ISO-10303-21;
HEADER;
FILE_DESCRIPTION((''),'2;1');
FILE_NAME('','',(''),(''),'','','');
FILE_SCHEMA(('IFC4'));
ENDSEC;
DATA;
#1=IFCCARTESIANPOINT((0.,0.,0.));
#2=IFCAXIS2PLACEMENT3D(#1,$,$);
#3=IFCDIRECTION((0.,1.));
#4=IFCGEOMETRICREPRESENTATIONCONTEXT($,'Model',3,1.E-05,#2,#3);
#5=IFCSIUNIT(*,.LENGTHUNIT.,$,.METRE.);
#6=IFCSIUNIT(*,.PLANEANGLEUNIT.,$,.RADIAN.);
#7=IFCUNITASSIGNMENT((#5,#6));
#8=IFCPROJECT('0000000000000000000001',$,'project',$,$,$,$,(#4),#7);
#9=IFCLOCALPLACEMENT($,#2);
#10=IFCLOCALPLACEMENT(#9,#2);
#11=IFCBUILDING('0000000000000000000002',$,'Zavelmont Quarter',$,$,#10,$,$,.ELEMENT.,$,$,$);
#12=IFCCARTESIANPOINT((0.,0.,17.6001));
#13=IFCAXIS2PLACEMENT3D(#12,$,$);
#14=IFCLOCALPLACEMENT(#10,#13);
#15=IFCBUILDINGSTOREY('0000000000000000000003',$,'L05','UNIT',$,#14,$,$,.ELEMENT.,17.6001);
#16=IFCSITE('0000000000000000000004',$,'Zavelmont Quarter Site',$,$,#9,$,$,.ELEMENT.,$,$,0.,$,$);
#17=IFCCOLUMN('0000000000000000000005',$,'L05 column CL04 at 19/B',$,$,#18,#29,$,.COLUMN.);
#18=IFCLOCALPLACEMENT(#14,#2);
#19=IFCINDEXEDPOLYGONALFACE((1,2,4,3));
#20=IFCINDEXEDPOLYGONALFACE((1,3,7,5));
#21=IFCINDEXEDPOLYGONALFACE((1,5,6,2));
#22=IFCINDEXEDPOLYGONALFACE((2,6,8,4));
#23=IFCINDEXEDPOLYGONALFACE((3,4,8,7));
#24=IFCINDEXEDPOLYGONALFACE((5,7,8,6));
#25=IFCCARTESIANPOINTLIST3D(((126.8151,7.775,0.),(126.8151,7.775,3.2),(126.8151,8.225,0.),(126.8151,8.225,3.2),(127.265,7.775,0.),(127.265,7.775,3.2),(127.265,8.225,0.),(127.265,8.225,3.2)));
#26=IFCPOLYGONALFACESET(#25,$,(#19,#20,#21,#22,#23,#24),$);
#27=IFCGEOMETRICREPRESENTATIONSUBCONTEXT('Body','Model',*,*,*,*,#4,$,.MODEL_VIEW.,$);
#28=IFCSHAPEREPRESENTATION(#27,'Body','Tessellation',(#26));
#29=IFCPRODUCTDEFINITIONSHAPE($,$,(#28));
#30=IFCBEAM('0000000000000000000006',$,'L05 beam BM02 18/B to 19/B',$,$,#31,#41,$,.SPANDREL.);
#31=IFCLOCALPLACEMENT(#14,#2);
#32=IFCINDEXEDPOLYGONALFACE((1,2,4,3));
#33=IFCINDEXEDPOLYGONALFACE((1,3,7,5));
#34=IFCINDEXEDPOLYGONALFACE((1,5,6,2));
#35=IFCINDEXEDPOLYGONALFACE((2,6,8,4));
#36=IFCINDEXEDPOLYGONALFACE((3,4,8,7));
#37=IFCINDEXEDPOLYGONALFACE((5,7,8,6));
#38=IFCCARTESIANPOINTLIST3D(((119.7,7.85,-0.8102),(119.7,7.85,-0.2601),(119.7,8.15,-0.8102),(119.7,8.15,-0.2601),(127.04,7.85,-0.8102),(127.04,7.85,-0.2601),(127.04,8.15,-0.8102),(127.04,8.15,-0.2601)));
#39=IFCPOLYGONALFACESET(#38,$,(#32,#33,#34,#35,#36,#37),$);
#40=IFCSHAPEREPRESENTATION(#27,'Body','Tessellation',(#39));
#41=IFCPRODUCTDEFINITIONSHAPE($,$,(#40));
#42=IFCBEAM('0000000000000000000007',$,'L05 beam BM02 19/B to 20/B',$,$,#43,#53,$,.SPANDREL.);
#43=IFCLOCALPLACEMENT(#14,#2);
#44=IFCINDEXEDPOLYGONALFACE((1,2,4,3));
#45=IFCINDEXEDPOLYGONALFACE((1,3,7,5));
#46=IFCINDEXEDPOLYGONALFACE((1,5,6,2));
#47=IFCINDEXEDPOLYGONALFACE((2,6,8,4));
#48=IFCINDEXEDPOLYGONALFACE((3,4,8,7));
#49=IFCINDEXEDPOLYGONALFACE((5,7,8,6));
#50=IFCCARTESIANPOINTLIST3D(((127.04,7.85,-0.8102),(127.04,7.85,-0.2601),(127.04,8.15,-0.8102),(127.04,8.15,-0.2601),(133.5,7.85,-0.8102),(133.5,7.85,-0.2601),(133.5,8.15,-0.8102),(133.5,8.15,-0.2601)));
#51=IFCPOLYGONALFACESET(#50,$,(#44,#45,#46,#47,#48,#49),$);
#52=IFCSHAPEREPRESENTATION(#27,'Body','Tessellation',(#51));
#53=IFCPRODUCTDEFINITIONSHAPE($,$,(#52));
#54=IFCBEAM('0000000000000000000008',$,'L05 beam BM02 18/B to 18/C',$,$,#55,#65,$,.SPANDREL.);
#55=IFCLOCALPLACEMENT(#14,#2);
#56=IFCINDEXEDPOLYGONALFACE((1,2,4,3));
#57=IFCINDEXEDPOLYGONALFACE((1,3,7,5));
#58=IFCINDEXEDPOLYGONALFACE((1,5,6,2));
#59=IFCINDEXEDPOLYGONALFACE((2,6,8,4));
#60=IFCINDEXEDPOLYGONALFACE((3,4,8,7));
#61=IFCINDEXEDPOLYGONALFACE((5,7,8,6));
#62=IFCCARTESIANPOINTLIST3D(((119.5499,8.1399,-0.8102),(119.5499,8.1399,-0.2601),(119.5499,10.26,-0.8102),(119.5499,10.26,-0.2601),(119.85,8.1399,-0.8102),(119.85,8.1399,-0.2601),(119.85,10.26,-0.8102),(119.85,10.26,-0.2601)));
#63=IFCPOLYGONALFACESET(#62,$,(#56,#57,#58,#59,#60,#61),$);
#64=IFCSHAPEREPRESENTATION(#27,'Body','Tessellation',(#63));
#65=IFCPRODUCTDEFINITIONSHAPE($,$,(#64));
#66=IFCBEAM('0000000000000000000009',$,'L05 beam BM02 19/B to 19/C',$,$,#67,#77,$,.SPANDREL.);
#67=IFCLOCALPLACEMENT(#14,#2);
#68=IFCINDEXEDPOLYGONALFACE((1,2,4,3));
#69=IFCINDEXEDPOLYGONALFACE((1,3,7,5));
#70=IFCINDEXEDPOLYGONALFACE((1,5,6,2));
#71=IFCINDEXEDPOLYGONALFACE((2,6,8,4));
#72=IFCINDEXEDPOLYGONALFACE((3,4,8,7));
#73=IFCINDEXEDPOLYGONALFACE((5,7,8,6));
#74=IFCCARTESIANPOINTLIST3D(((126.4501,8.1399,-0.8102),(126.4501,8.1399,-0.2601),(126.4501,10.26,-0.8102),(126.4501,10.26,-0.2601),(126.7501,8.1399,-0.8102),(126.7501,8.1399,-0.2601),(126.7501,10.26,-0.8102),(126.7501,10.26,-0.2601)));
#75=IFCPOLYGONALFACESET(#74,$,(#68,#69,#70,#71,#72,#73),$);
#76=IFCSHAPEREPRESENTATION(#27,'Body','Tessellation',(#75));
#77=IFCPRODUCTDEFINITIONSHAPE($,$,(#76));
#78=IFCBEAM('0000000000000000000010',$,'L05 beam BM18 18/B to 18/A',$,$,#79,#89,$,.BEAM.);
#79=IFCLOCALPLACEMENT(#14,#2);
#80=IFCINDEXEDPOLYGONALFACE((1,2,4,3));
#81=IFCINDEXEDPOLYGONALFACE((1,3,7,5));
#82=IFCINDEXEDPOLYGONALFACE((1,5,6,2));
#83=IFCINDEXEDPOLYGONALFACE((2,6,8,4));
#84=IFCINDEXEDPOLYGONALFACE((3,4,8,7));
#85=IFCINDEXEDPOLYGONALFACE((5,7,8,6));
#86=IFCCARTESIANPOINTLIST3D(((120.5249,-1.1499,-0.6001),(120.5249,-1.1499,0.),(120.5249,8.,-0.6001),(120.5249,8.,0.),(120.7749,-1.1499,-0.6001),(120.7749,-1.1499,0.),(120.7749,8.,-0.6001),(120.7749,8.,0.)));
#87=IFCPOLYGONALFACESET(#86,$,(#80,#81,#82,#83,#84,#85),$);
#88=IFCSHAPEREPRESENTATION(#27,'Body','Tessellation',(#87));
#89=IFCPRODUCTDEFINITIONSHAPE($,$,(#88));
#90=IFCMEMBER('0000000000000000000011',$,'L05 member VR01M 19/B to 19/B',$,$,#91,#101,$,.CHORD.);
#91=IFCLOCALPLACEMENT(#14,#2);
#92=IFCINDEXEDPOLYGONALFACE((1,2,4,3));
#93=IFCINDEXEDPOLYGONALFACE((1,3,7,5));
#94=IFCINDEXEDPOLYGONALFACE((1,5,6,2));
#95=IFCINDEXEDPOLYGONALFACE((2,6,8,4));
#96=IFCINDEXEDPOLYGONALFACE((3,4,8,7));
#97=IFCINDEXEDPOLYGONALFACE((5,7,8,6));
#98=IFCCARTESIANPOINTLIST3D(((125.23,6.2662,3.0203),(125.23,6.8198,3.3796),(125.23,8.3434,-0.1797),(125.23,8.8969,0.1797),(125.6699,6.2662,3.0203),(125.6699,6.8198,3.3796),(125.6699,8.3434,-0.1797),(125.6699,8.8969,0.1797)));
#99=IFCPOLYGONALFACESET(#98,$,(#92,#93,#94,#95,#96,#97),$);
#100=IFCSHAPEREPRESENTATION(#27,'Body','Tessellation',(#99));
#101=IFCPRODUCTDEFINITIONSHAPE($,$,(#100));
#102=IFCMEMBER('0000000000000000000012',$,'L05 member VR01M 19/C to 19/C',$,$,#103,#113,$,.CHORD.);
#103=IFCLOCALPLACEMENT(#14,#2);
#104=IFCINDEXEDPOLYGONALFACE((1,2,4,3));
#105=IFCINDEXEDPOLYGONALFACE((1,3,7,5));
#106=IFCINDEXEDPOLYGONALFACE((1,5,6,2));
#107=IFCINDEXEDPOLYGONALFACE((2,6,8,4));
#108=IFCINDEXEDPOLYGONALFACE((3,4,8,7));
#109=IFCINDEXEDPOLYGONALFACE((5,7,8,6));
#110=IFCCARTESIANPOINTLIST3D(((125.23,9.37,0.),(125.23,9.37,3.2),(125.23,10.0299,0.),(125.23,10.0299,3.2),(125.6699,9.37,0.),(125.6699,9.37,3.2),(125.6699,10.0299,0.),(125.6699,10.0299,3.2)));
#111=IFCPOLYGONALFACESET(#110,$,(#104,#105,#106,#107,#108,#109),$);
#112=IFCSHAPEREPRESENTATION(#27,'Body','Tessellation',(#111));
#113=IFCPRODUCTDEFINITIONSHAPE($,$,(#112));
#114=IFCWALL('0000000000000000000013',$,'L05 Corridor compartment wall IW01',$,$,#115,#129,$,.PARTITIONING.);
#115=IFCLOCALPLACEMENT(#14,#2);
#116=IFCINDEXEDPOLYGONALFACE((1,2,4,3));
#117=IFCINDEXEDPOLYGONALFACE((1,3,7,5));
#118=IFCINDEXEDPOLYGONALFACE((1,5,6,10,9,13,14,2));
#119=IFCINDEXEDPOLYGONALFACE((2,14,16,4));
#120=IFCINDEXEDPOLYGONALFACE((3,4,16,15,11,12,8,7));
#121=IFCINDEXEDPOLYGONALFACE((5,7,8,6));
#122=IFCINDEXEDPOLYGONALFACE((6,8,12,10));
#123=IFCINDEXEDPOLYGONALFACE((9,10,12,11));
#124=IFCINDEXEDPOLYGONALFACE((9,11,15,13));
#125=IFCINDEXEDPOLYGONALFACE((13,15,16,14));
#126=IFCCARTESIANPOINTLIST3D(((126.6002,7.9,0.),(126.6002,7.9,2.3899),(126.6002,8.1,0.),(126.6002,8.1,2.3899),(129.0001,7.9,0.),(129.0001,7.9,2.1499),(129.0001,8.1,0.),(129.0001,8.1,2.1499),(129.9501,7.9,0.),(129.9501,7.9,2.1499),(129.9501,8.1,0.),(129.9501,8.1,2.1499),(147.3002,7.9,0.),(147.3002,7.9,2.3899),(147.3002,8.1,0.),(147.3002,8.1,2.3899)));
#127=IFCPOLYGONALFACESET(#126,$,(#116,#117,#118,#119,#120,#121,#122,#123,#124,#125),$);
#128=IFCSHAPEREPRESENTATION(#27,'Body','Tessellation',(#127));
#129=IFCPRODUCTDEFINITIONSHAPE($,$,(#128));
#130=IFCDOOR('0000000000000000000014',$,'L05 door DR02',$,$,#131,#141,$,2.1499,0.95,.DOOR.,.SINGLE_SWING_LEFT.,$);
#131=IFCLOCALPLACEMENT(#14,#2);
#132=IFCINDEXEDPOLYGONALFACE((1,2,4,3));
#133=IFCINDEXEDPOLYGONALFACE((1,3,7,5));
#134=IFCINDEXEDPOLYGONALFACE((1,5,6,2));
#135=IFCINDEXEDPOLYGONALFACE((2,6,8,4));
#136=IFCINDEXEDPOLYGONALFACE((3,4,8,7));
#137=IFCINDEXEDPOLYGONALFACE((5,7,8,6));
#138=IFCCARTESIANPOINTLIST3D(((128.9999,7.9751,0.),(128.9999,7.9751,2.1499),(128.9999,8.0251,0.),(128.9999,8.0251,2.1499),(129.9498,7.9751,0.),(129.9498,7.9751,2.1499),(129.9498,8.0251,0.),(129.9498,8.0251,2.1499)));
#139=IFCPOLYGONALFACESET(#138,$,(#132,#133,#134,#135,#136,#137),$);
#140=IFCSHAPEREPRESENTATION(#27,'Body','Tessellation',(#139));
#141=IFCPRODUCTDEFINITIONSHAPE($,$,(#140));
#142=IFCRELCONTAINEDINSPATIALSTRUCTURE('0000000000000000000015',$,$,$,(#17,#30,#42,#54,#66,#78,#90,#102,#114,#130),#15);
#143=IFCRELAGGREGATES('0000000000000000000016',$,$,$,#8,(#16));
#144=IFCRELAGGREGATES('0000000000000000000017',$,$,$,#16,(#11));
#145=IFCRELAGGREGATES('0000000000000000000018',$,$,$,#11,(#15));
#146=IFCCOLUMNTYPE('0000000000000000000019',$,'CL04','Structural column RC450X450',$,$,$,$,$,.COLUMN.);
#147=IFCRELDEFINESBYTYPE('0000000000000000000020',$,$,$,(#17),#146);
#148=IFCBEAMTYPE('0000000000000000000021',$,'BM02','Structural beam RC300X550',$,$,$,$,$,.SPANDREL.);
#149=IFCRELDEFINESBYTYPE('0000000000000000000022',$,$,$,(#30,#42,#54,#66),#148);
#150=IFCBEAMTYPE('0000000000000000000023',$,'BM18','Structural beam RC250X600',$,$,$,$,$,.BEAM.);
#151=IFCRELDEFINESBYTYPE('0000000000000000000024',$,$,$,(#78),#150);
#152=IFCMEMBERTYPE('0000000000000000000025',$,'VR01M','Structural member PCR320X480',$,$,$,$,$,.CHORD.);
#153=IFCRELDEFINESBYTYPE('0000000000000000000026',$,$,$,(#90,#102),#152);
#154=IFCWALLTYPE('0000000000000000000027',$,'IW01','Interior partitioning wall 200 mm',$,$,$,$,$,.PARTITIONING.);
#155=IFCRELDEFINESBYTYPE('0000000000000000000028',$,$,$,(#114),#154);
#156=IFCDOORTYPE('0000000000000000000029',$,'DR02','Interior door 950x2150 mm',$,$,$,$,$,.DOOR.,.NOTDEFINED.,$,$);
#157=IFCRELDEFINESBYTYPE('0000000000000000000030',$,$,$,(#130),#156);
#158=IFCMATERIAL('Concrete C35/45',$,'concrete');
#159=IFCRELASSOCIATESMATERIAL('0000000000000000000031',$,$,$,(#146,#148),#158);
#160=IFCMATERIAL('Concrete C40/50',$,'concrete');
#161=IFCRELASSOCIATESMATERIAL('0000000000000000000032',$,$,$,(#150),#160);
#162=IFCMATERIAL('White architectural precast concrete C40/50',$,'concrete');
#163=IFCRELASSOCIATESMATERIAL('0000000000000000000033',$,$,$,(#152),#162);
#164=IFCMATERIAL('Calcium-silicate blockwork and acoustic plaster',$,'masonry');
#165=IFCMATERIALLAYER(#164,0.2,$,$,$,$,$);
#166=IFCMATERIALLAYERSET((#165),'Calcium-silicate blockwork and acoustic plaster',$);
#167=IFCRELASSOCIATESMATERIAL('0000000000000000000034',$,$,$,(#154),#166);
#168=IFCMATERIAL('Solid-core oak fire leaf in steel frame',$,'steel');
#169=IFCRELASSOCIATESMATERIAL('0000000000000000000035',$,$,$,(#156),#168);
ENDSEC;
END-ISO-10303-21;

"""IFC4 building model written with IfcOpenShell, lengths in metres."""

from ifc_helpers import new_model, si_unit, direction, frame, frame_2d, origin, origin_2d, place, context, subcontext, project, spatial, rectangle, extrude, material, layer, layer_set, material_profile, profile_set, type_object, element, fill, save


model = new_model("IFC4")

# Units and contexts
model_context = context("Model", 3, precision=1e-05, world=origin(), true_north=direction((0.0, 1.0)))
body_context = subcontext(model_context, "Body", "Model", "MODEL_VIEW")
ifc_project = project(units=[si_unit("LENGTHUNIT", "METRE"), si_unit("PLANEANGLEUNIT", "RADIAN")], contexts=[model_context])

# Site, building, storey
site_placement = place(None, origin())
site = spatial("IfcSite", under=ifc_project, at=site_placement, Name="Zavelmont Quarter Site", CompositionType="ELEMENT", RefElevation=0.0)
building_placement = place(site_placement, origin())
building = spatial("IfcBuilding", under=site, at=building_placement, Name="Zavelmont Quarter", CompositionType="ELEMENT")
storey_placement = place(building_placement, frame((0.0, 0.0, 17.6001)))
storey = spatial("IfcBuildingStorey", under=building, at=storey_placement, Name="L05", Description="UNIT", CompositionType="ELEMENT", Elevation=17.6001)

# Column
ifc_material_1 = material(Name="Concrete C35/45", Category="concrete")
ifc_material_profile_1 = material_profile(ifc_material_1, rectangle(XDim=0.45, YDim=0.45, at=origin_2d()), Name="RC450X450")
ifc_profile_set_1 = profile_set([ifc_material_profile_1], Name="Concrete C35/45")
column_type = type_object("IfcColumnType", Name="CL04", Description="Structural column RC450X450", PredefinedType="COLUMN", material=ifc_profile_set_1)
column_placement = place(storey_placement, frame((127.04, 8.0, 0.0), z_axis=(0.0, 0.0, 1.0), x_axis=(1.0, 0.0, 0.0)))
element("IfcColumn", 1, at=column_placement, inside=storey, type_object=column_type, Name="L05 column CL04 at 19/B", PredefinedType="COLUMN", context=body_context, shape_type="SweptSolid", body=[
    extrude(rectangle(XDim=0.45, YDim=0.45, at=origin_2d()), origin(), (0.0, 0.0, 1.0), 3.2),
])

# Beams
ifc_material_profile_2 = material_profile(ifc_material_1, rectangle(XDim=0.3, YDim=0.55, at=origin_2d()), Name="RC300X550")
ifc_profile_set_2 = profile_set([ifc_material_profile_2], Name="Concrete C35/45")
beam_type_1 = type_object("IfcBeamType", Name="BM02", Description="Structural beam RC300X550", PredefinedType="SPANDREL", material=ifc_profile_set_2)
beam_1_placement = place(storey_placement, frame((119.7, 8.0, -0.5352), z_axis=(1.0, 0.0, 0.0), x_axis=(0.0, 1.0, 0.0)))
element("IfcBeam", 2, at=beam_1_placement, inside=storey, type_object=beam_type_1, Name="L05 beam BM02 18/B to 19/B", PredefinedType="SPANDREL", context=body_context, shape_type="SweptSolid", body=[
    extrude(rectangle(XDim=0.3, YDim=0.55, at=origin_2d()), origin(), (0.0, 0.0, 1.0), 7.3401),
])
beam_2_placement = place(storey_placement, frame((127.04, 8.0, -0.5352), z_axis=(1.0, 0.0, 0.0), x_axis=(0.0, 1.0, 0.0)))
element("IfcBeam", 3, at=beam_2_placement, inside=storey, type_object=beam_type_1, Name="L05 beam BM02 19/B to 20/B", PredefinedType="SPANDREL", context=body_context, shape_type="SweptSolid", body=[
    extrude(rectangle(XDim=0.3, YDim=0.55, at=origin_2d()), origin(), (0.0, 0.0, 1.0), 6.46),
])
for number, where, z_axis, x_axis, name in (
    (4, (119.7, 8.1399, -0.5352), (0.0, 1.0, 0.0), (-1.0, 0.0, 0.0), "L05 beam BM02 18/B to 18/C"),
    (5, (126.6001, 8.1399, -0.5352), (0.0, 1.0, 0.0), (-1.0, 0.0, 0.0), "L05 beam BM02 19/B to 19/C"),
):
    element("IfcBeam", number, at=place(storey_placement, frame(where, z_axis=z_axis, x_axis=x_axis)), inside=storey, type_object=beam_type_1, Name=name, PredefinedType="SPANDREL", context=body_context, shape_type="SweptSolid", body=[
        extrude(rectangle(XDim=0.3, YDim=0.55, at=origin_2d()), origin(), (0.0, 0.0, 1.0), 2.1201),
    ])
ifc_material_2 = material(Name="Concrete C40/50", Category="concrete")
ifc_material_profile_3 = material_profile(ifc_material_2, rectangle(XDim=0.25, YDim=0.6001, at=origin_2d()), Name="RC250X600")
ifc_profile_set_3 = profile_set([ifc_material_profile_3], Name="Concrete C40/50")
beam_type_2 = type_object("IfcBeamType", Name="BM18", Description="Structural beam RC250X600", PredefinedType="BEAM", material=ifc_profile_set_3)
beam_3_placement = place(storey_placement, frame((120.6499, 8.0, -0.3), z_axis=(0.0, -1.0, 0.0), x_axis=(1.0, 0.0, 0.0)))
element("IfcBeam", 6, at=beam_3_placement, inside=storey, type_object=beam_type_2, Name="L05 beam BM18 18/B to 18/A", PredefinedType="BEAM", context=body_context, shape_type="SweptSolid", body=[
    extrude(rectangle(XDim=0.25, YDim=0.6001, at=origin_2d()), origin(), (0.0, 0.0, 1.0), 9.1499),
])

# Members
ifc_material_3 = material(Name="White architectural precast concrete C40/50", Category="concrete")
ifc_material_profile_4 = material_profile(ifc_material_3, rectangle(XDim=0.4399, YDim=0.6599, at=origin_2d()), Name="PCR320X480")
ifc_profile_set_4 = profile_set([ifc_material_profile_4], Name="White architectural precast concrete C40/50")
member_type = type_object("IfcMemberType", Name="VR01M", Description="Structural member PCR320X480", PredefinedType="CHORD", material=ifc_profile_set_4)
member_1_placement = place(storey_placement, frame((125.45, 8.6201, 0.0), z_axis=(0.0, -0.544469, 0.838781), x_axis=(1.0, 0.0, 0.0)))
element("IfcMember", 7, at=member_1_placement, inside=storey, type_object=member_type, Name="L05 member VR01M 19/B to 19/B", PredefinedType="CHORD", context=body_context, shape_type="SweptSolid", body=[
    extrude(rectangle(XDim=0.4399, YDim=0.6599, at=origin_2d()), origin(), (0.0, 0.0, 1.0), 3.8149),
])
member_2_placement = place(storey_placement, frame((125.45, 9.7, 0.0), z_axis=(0.0, 0.0, 1.0), x_axis=(1.0, 0.0, 0.0)))
element("IfcMember", 8, at=member_2_placement, inside=storey, type_object=member_type, Name="L05 member VR01M 19/C to 19/C", PredefinedType="CHORD", context=body_context, shape_type="SweptSolid", body=[
    extrude(rectangle(XDim=0.4399, YDim=0.6599, at=origin_2d()), origin(), (0.0, 0.0, 1.0), 3.2),
])

# Wall, opening, door
ifc_material_4 = material(Name="Calcium-silicate blockwork and acoustic plaster", Category="masonry")
ifc_layer = layer(ifc_material_4, 0.2)
ifc_layer_set = layer_set([ifc_layer], Name="Calcium-silicate blockwork and acoustic plaster")
wall_type = type_object("IfcWallType", Name="IW01", Description="Interior partitioning wall 200 mm", PredefinedType="PARTITIONING", material=ifc_layer_set)
wall_placement = place(storey_placement, frame((126.6001, 8.0, 0.0), z_axis=(0.0, 0.0, 1.0), x_axis=(1.0, 0.0, 0.0)))
wall = element("IfcWall", 9, at=wall_placement, inside=storey, type_object=wall_type, Name="L05 Corridor compartment wall IW01", PredefinedType="PARTITIONING", context=body_context, shape_type="SweptSolid", body=[
    extrude(rectangle(XDim=20.7, YDim=0.2, at=frame_2d((10.3501, 0.0))), origin(), (0.0, 0.0, 1.0), 2.3899),
])
opening_placement = place(wall_placement, frame((2.3999, 0.0, 0.0)))
opening = element("IfcOpeningElement", 10, at=opening_placement, cuts=wall, PredefinedType="OPENING", context=body_context, shape_type="SweptSolid", body=[
    extrude(rectangle(XDim=0.95, YDim=2.1499, at=frame_2d((0.4751, 1.075))), frame((0.0, 0.1118, 0.0), z_axis=(0.0, -1.0, 0.0), x_axis=(1.0, 0.0, 0.0)), (0.0, 0.0, 1.0), 0.2239),
])
ifc_material_5 = material(Name="Solid-core oak fire leaf in steel frame", Category="steel")
door_type = type_object("IfcDoorType", Name="DR02", Description="Interior door 950x2150 mm", OperationType="NOTDEFINED", PredefinedType="DOOR", material=ifc_material_5)
door_placement = place(opening_placement, frame((0.95, 0.0, 0.0), z_axis=(0.0, 0.0, 1.0), x_axis=(-1.0, 0.0, 0.0)))
door = element("IfcDoor", 11, at=door_placement, inside=storey, type_object=door_type, Name="L05 door DR02", OperationType="SINGLE_SWING_LEFT", OverallHeight=2.1499, OverallWidth=0.95, PredefinedType="DOOR", context=body_context, shape_type="SweptSolid", body=[
    extrude(rectangle(XDim=0.95, YDim=2.1499, at=frame_2d((0.4751, 1.075))), frame((0.0, 0.0249, 0.0), z_axis=(0.0, -1.0, 0.0), x_axis=(1.0, 0.0, 0.0)), (0.0, 0.0, 1.0), 0.05),
])
fill(opening, door)

save(model, "model.ifc")
